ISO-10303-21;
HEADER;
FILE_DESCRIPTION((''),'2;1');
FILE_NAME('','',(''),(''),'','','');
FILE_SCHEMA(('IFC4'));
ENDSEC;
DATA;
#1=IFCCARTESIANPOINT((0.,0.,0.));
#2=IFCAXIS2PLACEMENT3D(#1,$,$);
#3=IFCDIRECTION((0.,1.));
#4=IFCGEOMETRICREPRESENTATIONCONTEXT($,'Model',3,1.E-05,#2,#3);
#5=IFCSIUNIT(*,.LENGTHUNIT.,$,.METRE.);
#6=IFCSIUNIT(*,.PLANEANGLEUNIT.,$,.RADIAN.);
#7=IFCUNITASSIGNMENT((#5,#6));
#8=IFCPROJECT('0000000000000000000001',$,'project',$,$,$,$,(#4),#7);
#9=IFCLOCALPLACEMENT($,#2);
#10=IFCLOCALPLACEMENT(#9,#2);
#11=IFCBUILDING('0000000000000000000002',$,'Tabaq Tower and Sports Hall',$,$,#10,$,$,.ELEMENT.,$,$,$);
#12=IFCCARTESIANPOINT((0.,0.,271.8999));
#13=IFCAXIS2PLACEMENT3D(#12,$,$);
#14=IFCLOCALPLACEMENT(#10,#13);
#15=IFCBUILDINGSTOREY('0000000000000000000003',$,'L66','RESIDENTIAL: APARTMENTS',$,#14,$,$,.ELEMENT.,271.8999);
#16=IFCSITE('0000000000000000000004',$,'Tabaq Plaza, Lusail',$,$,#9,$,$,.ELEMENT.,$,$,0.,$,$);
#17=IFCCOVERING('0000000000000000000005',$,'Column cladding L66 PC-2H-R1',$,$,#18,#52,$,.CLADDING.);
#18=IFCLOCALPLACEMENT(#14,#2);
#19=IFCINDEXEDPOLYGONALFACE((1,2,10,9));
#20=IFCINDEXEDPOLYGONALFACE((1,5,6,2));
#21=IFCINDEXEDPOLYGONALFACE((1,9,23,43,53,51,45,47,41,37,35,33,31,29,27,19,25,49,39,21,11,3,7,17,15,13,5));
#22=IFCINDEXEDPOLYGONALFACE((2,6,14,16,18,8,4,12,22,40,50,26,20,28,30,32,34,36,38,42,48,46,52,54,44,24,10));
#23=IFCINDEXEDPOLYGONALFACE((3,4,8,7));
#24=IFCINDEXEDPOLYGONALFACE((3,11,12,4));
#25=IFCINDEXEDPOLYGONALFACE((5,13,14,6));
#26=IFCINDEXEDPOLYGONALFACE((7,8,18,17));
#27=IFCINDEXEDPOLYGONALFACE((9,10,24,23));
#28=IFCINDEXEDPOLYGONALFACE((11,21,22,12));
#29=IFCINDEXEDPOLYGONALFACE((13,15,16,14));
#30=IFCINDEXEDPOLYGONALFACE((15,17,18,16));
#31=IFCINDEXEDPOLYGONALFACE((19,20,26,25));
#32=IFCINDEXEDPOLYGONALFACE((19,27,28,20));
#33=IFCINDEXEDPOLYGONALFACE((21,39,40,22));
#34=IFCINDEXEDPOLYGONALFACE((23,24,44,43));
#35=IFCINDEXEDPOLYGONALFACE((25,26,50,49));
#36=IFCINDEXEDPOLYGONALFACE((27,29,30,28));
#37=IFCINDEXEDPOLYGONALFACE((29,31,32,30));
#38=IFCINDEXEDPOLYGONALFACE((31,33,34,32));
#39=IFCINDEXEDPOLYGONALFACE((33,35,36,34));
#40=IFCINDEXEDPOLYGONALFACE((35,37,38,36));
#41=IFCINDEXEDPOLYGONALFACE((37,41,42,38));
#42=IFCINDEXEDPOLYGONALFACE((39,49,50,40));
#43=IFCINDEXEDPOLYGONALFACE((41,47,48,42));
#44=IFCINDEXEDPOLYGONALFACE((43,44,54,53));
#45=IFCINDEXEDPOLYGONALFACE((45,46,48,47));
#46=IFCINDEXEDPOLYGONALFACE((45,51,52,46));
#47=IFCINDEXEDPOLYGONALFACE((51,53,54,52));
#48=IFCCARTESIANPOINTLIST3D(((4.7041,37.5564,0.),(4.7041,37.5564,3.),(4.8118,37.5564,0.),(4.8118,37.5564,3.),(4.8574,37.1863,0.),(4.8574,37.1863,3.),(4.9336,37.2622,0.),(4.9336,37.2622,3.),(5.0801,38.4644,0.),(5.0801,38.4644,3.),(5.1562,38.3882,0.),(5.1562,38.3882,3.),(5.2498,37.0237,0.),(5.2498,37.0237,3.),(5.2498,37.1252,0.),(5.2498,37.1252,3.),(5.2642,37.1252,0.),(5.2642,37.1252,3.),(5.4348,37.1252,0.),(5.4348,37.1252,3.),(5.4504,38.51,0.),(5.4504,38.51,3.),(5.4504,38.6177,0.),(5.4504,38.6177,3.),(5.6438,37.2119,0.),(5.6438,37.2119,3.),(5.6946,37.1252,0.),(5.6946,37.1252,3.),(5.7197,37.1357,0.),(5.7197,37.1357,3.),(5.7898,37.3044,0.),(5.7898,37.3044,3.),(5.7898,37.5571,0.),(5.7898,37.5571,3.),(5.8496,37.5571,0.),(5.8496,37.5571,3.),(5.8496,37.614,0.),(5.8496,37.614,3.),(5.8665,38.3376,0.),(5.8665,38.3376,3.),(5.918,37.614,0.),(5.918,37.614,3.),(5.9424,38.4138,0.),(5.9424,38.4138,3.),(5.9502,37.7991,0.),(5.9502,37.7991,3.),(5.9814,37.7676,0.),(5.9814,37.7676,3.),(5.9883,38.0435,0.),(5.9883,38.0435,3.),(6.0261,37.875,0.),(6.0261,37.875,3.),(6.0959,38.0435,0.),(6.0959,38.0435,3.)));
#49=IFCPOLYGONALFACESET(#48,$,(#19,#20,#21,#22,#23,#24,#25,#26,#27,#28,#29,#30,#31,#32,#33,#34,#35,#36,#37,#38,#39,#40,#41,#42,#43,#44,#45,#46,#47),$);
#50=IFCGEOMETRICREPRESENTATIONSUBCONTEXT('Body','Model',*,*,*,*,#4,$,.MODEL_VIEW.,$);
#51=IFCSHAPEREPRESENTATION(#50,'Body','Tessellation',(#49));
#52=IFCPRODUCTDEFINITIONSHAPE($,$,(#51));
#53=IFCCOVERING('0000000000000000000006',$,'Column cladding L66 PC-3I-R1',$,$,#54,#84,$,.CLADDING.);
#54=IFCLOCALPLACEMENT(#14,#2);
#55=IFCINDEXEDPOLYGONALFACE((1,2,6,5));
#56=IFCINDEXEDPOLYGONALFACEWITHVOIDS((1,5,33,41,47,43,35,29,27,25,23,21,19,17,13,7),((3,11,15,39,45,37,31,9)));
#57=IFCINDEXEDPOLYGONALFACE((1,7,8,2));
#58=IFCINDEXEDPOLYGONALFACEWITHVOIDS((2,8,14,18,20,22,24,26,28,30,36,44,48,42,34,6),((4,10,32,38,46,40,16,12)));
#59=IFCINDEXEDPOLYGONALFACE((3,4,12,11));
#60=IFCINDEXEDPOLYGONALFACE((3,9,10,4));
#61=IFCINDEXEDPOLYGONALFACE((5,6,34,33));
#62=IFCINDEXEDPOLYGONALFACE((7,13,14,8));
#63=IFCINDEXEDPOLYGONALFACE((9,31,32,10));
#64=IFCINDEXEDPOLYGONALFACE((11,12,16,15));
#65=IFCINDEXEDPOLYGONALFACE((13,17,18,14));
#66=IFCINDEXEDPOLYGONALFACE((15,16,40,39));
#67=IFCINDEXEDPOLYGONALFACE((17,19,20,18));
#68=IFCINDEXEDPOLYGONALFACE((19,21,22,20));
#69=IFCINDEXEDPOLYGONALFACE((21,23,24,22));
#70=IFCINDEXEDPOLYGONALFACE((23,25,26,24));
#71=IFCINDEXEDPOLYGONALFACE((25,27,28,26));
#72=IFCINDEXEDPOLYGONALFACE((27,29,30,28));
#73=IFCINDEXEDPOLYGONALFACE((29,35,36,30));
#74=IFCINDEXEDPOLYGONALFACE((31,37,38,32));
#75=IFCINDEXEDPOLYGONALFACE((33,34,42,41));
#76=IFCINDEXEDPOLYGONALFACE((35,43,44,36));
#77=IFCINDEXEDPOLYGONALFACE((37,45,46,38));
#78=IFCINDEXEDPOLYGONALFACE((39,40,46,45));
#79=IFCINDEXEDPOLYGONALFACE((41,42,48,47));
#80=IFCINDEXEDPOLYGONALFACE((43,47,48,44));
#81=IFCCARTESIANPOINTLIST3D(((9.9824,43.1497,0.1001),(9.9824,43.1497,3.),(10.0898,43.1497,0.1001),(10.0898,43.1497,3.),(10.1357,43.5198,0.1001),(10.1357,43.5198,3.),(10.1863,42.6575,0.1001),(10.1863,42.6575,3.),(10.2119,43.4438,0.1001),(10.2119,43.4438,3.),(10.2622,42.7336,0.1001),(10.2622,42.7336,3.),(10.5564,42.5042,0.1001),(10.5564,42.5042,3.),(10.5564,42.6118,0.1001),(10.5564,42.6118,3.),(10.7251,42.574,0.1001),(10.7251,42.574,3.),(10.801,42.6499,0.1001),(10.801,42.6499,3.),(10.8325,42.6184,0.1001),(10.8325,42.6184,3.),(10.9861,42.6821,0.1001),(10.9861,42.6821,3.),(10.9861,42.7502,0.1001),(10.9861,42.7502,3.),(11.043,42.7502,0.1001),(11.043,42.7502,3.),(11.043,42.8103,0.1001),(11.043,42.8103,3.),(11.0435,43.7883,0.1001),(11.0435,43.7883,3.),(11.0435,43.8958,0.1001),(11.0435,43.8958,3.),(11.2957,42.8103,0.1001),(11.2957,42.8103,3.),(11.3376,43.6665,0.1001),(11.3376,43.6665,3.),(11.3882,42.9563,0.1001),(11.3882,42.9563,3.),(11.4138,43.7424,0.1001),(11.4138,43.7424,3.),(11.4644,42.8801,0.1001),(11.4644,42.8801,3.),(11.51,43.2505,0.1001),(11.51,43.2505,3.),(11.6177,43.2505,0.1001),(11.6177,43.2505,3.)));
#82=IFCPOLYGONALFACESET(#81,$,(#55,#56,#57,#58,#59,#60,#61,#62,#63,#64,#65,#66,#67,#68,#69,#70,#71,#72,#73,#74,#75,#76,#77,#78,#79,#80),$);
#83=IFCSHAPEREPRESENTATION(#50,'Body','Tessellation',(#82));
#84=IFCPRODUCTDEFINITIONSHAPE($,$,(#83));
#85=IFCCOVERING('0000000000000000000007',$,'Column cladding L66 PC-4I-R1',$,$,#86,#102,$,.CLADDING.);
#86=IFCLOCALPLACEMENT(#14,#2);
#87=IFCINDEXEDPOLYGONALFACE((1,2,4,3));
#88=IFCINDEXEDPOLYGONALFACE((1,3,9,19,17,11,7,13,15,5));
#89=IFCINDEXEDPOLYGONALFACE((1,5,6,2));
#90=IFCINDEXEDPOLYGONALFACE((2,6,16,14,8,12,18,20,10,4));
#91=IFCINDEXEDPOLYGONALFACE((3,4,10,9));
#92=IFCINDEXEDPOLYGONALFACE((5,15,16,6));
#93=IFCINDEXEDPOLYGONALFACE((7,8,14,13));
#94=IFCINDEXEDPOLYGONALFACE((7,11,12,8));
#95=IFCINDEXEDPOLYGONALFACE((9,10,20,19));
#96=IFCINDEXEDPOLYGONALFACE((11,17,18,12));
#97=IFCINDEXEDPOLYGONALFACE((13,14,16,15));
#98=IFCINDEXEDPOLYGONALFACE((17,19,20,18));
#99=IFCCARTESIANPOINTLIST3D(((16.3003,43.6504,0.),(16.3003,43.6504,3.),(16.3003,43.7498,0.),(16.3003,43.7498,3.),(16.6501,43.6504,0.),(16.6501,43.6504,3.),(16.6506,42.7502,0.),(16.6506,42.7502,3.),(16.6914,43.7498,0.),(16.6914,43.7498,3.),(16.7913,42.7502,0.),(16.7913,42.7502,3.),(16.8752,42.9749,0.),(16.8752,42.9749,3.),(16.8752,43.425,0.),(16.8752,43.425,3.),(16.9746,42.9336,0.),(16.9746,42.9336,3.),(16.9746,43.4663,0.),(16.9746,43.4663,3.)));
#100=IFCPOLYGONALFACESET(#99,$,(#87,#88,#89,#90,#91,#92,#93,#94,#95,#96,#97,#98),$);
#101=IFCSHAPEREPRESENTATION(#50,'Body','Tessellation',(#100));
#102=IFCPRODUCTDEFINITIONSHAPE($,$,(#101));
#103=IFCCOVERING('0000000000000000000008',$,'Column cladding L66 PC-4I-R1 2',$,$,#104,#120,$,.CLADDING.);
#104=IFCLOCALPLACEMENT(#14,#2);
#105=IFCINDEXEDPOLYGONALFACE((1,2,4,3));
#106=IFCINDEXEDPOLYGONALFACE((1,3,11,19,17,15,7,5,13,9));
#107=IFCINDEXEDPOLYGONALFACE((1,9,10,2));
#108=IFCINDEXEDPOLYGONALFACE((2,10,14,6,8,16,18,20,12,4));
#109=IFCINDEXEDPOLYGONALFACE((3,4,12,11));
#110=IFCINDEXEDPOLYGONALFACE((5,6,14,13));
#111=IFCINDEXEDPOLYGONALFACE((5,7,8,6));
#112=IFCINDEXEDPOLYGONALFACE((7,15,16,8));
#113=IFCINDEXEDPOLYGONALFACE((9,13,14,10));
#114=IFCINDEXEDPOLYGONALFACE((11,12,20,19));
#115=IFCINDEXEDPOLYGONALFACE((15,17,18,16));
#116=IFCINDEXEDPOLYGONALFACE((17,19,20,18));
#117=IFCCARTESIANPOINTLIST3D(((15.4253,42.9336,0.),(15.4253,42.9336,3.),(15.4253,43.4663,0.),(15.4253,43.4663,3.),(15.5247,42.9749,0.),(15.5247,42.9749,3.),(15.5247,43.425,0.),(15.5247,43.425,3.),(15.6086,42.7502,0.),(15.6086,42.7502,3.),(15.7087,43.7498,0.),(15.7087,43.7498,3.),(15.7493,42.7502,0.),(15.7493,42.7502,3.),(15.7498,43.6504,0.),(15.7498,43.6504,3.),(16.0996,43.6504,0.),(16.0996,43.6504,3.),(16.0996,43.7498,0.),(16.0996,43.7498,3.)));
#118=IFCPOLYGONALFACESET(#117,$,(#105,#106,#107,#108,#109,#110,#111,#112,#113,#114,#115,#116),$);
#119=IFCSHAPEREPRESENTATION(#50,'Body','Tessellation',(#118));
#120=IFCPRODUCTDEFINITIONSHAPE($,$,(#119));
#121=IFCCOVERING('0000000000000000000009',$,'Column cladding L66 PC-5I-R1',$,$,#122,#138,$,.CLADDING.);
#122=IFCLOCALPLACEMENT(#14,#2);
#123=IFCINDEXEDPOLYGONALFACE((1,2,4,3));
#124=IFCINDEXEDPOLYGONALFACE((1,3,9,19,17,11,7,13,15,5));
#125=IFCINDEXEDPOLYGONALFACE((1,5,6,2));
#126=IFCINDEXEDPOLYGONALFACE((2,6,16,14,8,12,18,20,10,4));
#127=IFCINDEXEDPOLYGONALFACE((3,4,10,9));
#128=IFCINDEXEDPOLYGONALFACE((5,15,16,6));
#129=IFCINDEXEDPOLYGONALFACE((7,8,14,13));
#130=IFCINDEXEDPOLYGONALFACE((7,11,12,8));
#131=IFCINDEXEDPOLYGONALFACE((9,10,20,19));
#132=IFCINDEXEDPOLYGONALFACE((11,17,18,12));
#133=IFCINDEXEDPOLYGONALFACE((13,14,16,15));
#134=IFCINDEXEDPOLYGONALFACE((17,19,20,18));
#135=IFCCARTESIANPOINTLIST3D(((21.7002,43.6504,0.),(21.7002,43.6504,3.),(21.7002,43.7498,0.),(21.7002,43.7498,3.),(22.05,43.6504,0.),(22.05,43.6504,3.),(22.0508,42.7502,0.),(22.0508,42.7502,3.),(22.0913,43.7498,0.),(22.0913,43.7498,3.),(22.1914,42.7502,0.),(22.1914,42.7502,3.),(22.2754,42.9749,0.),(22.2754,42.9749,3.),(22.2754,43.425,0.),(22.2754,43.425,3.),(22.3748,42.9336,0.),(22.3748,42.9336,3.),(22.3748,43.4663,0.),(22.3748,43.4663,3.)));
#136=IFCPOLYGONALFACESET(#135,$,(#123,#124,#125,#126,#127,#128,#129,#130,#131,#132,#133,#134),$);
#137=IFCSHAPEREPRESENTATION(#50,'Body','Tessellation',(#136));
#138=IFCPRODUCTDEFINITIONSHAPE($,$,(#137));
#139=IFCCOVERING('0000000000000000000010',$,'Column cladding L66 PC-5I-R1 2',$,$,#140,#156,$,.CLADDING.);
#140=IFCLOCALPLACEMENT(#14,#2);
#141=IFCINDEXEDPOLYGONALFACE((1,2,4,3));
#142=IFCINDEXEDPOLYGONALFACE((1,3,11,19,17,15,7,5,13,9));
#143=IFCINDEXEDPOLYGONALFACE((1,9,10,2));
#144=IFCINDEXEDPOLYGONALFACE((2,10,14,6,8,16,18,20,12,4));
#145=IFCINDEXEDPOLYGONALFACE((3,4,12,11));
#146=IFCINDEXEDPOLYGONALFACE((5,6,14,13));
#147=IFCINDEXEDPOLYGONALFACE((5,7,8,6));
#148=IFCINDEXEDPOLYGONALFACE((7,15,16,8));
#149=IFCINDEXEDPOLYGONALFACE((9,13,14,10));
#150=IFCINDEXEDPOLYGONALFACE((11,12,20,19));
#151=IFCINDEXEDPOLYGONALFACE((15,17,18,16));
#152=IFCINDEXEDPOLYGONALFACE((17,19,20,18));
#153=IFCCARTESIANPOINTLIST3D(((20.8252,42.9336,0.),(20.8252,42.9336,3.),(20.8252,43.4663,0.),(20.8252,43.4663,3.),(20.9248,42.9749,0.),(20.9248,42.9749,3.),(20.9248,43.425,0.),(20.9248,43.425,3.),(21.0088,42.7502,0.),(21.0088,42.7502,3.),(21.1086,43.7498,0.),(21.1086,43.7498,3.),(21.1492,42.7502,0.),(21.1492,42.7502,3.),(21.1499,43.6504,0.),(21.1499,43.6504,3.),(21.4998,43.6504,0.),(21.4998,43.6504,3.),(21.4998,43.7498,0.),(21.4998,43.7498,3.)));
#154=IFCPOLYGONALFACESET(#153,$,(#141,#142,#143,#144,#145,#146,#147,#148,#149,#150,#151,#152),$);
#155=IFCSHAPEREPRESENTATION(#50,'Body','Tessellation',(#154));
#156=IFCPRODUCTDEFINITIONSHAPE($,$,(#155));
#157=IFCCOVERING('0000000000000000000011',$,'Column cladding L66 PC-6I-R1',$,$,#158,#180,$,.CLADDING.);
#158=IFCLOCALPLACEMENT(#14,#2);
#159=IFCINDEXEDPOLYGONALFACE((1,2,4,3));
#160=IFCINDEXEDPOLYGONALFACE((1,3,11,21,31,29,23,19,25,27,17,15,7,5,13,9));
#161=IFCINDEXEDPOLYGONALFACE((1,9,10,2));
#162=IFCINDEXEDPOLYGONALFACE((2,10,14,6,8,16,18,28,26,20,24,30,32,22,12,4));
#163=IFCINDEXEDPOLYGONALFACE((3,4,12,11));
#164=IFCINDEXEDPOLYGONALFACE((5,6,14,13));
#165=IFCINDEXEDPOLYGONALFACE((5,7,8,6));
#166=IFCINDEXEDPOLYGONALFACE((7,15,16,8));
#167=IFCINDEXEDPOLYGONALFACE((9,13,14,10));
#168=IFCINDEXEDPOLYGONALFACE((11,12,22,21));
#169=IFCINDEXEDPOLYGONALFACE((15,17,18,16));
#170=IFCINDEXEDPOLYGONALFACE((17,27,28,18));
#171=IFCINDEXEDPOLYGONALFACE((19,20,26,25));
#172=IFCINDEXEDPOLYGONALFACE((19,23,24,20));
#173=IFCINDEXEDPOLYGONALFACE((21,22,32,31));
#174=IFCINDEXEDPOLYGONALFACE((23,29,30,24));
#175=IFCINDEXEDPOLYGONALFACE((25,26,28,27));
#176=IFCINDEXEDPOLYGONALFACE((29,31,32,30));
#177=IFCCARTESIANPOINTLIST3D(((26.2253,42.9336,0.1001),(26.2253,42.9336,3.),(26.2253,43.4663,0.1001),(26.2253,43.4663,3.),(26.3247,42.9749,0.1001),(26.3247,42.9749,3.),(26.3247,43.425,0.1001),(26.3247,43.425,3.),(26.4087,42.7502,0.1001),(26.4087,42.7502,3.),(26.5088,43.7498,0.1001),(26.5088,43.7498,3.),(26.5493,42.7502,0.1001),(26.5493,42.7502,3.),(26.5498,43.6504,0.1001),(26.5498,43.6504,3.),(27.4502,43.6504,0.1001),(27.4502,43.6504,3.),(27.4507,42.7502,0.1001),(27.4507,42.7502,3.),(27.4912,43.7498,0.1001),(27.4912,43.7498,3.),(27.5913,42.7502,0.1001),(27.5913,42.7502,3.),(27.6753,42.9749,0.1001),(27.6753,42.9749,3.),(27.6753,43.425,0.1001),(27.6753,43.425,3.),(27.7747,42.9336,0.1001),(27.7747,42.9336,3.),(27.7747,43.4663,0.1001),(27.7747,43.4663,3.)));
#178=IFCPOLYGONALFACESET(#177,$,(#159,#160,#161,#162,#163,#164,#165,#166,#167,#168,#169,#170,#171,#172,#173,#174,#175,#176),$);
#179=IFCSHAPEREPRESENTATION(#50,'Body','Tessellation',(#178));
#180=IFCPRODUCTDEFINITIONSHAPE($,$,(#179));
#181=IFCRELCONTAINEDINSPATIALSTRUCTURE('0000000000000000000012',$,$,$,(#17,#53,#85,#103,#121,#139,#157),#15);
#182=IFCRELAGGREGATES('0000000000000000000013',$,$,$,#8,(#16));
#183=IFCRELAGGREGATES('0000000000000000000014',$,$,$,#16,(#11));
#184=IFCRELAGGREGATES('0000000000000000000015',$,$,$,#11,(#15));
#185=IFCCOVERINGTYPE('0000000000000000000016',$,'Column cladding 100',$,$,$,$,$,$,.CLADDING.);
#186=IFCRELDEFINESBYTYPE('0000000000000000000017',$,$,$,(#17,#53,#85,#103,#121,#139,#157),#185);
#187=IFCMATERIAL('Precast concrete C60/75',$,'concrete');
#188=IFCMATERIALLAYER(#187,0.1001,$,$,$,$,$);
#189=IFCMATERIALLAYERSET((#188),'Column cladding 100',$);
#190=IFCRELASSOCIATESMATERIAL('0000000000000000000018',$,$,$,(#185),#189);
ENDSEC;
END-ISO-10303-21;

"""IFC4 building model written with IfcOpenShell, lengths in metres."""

from ifc_helpers import new_model, si_unit, direction, frame, origin, place, context, subcontext, project, spatial, polyline, outline, extrude, material, layer, layer_set, type_object, element, save


model = new_model("IFC4")

# Units and contexts
model_context = context("Model", 3, precision=1e-05, world=origin(), true_north=direction((0.0, 1.0)))
body_context = subcontext(model_context, "Body", "Model", "MODEL_VIEW")
ifc_project = project(units=[si_unit("LENGTHUNIT", "METRE"), si_unit("PLANEANGLEUNIT", "RADIAN")], contexts=[model_context])

# Site, building, storey
site_placement = place(None, origin())
site = spatial("IfcSite", under=ifc_project, at=site_placement, Name="Tabaq Plaza, Lusail", CompositionType="ELEMENT", RefElevation=0.0)
building_placement = place(site_placement, origin())
building = spatial("IfcBuilding", under=site, at=building_placement, Name="Tabaq Tower and Sports Hall", CompositionType="ELEMENT")
storey_placement = place(building_placement, frame((0.0, 0.0, 271.8999)))
storey = spatial("IfcBuildingStorey", under=building, at=storey_placement, Name="L66", Description="RESIDENTIAL: APARTMENTS", CompositionType="ELEMENT", Elevation=271.8999)

# Coverings
ifc_material_1 = material(Name="Precast concrete C60/75", Category="concrete")
ifc_layer_1 = layer(ifc_material_1, 0.1001)
ifc_layer_set_1 = layer_set([ifc_layer_1], Name="Column cladding 100")
covering_type_1 = type_object("IfcCoveringType", Name="Column cladding 100", PredefinedType="CLADDING", material=ifc_layer_set_1)
covering_1_placement = place(storey_placement, origin())
element("IfcCovering", 1, at=covering_1_placement, inside=storey, type_object=covering_type_1, Name="Column cladding L66 PC-2H-R1", PredefinedType="CLADDING", context=body_context, shape_type="SweptSolid", body=[
    extrude(outline(polyline([(4.8574, 37.1863), (4.7041, 37.5564), (5.0801, 38.4644), (5.4504, 38.6177), (5.9424, 38.4138), (6.0959, 38.0435), (6.0261, 37.875), (5.9502, 37.7991), (5.9814, 37.7676), (5.918, 37.614), (5.8496, 37.614), (5.8496, 37.5571), (5.7898, 37.5571), (5.7898, 37.3044), (5.7197, 37.1357), (5.6946, 37.1252), (5.4348, 37.1252), (5.6438, 37.2119), (5.9883, 38.0435), (5.8665, 38.3376), (5.4504, 38.51), (5.1562, 38.3882), (4.8118, 37.5564), (4.9336, 37.2622), (5.2642, 37.1252), (5.2498, 37.1252), (5.2498, 37.0237), (4.8574, 37.1863)])), origin(), (0.0, 0.0, 1.0), 3.0),
])
covering_2_placement = place(storey_placement, frame((0.0, 0.0, 0.1001)))
element("IfcCovering", 2, at=covering_2_placement, inside=storey, type_object=covering_type_1, Name="Column cladding L66 PC-3I-R1", PredefinedType="CLADDING", context=body_context, shape_type="SweptSolid", body=[
    extrude(outline(polyline([(9.9824, 43.1497), (10.1357, 43.5198), (11.0435, 43.8958), (11.4138, 43.7424), (11.6177, 43.2505), (11.4644, 42.8801), (11.2957, 42.8103), (11.043, 42.8103), (11.043, 42.7502), (10.9861, 42.7502), (10.9861, 42.6821), (10.8325, 42.6184), (10.801, 42.6499), (10.7251, 42.574), (10.5564, 42.5042), (10.1863, 42.6575), (9.9824, 43.1497)]), holes=[polyline([(11.51, 43.2505), (11.3376, 43.6665), (11.0435, 43.7883), (10.2119, 43.4438), (10.0898, 43.1497), (10.2622, 42.7336), (10.5564, 42.6118), (11.3882, 42.9563), (11.51, 43.2505)])]), origin(), (0.0, 0.0, 1.0), 2.8999),
])
covering_3_placement = place(storey_placement, origin())
element("IfcCovering", 3, at=covering_3_placement, inside=storey, type_object=covering_type_1, Name="Column cladding L66 PC-4I-R1", PredefinedType="CLADDING", context=body_context, shape_type="SweptSolid", body=[
    extrude(outline(polyline([(16.6914, 43.7498), (16.9746, 43.4663), (16.9746, 42.9336), (16.7913, 42.7502), (16.6506, 42.7502), (16.8752, 42.9749), (16.8752, 43.425), (16.6501, 43.6504), (16.3003, 43.6504), (16.3003, 43.7498), (16.6914, 43.7498)])), origin(), (0.0, 0.0, 1.0), 3.0),
])
covering_4_placement = place(storey_placement, origin())
element("IfcCovering", 4, at=covering_4_placement, inside=storey, type_object=covering_type_1, Name="Column cladding L66 PC-4I-R1 2", PredefinedType="CLADDING", context=body_context, shape_type="SweptSolid", body=[
    extrude(outline(polyline([(15.4253, 43.4663), (15.7087, 43.7498), (16.0996, 43.7498), (16.0996, 43.6504), (15.7498, 43.6504), (15.5247, 43.425), (15.5247, 42.9749), (15.7493, 42.7502), (15.6086, 42.7502), (15.4253, 42.9336), (15.4253, 43.4663)])), origin(), (0.0, 0.0, 1.0), 3.0),
])
covering_5_placement = place(storey_placement, origin())
element("IfcCovering", 5, at=covering_5_placement, inside=storey, type_object=covering_type_1, Name="Column cladding L66 PC-5I-R1", PredefinedType="CLADDING", context=body_context, shape_type="SweptSolid", body=[
    extrude(outline(polyline([(22.0913, 43.7498), (22.3748, 43.4663), (22.3748, 42.9336), (22.1914, 42.7502), (22.0508, 42.7502), (22.2754, 42.9749), (22.2754, 43.425), (22.05, 43.6504), (21.7002, 43.6504), (21.7002, 43.7498), (22.0913, 43.7498)])), origin(), (0.0, 0.0, 1.0), 3.0),
])
covering_6_placement = place(storey_placement, origin())
element("IfcCovering", 6, at=covering_6_placement, inside=storey, type_object=covering_type_1, Name="Column cladding L66 PC-5I-R1 2", PredefinedType="CLADDING", context=body_context, shape_type="SweptSolid", body=[
    extrude(outline(polyline([(20.8252, 43.4663), (21.1086, 43.7498), (21.4998, 43.7498), (21.4998, 43.6504), (21.1499, 43.6504), (20.9248, 43.425), (20.9248, 42.9749), (21.1492, 42.7502), (21.0088, 42.7502), (20.8252, 42.9336), (20.8252, 43.4663)])), origin(), (0.0, 0.0, 1.0), 3.0),
])
covering_7_placement = place(storey_placement, frame((0.0, 0.0, 0.1001)))
element("IfcCovering", 7, at=covering_7_placement, inside=storey, type_object=covering_type_1, Name="Column cladding L66 PC-6I-R1", PredefinedType="CLADDING", context=body_context, shape_type="SweptSolid", body=[
    extrude(outline(polyline([(26.2253, 43.4663), (26.5088, 43.7498), (27.4912, 43.7498), (27.7747, 43.4663), (27.7747, 42.9336), (27.5913, 42.7502), (27.4507, 42.7502), (27.6753, 42.9749), (27.6753, 43.425), (27.4502, 43.6504), (26.5498, 43.6504), (26.3247, 43.425), (26.3247, 42.9749), (26.5493, 42.7502), (26.4087, 42.7502), (26.2253, 42.9336), (26.2253, 43.4663)])), origin(), (0.0, 0.0, 1.0), 2.8999),
])

save(model, "model.ifc")
